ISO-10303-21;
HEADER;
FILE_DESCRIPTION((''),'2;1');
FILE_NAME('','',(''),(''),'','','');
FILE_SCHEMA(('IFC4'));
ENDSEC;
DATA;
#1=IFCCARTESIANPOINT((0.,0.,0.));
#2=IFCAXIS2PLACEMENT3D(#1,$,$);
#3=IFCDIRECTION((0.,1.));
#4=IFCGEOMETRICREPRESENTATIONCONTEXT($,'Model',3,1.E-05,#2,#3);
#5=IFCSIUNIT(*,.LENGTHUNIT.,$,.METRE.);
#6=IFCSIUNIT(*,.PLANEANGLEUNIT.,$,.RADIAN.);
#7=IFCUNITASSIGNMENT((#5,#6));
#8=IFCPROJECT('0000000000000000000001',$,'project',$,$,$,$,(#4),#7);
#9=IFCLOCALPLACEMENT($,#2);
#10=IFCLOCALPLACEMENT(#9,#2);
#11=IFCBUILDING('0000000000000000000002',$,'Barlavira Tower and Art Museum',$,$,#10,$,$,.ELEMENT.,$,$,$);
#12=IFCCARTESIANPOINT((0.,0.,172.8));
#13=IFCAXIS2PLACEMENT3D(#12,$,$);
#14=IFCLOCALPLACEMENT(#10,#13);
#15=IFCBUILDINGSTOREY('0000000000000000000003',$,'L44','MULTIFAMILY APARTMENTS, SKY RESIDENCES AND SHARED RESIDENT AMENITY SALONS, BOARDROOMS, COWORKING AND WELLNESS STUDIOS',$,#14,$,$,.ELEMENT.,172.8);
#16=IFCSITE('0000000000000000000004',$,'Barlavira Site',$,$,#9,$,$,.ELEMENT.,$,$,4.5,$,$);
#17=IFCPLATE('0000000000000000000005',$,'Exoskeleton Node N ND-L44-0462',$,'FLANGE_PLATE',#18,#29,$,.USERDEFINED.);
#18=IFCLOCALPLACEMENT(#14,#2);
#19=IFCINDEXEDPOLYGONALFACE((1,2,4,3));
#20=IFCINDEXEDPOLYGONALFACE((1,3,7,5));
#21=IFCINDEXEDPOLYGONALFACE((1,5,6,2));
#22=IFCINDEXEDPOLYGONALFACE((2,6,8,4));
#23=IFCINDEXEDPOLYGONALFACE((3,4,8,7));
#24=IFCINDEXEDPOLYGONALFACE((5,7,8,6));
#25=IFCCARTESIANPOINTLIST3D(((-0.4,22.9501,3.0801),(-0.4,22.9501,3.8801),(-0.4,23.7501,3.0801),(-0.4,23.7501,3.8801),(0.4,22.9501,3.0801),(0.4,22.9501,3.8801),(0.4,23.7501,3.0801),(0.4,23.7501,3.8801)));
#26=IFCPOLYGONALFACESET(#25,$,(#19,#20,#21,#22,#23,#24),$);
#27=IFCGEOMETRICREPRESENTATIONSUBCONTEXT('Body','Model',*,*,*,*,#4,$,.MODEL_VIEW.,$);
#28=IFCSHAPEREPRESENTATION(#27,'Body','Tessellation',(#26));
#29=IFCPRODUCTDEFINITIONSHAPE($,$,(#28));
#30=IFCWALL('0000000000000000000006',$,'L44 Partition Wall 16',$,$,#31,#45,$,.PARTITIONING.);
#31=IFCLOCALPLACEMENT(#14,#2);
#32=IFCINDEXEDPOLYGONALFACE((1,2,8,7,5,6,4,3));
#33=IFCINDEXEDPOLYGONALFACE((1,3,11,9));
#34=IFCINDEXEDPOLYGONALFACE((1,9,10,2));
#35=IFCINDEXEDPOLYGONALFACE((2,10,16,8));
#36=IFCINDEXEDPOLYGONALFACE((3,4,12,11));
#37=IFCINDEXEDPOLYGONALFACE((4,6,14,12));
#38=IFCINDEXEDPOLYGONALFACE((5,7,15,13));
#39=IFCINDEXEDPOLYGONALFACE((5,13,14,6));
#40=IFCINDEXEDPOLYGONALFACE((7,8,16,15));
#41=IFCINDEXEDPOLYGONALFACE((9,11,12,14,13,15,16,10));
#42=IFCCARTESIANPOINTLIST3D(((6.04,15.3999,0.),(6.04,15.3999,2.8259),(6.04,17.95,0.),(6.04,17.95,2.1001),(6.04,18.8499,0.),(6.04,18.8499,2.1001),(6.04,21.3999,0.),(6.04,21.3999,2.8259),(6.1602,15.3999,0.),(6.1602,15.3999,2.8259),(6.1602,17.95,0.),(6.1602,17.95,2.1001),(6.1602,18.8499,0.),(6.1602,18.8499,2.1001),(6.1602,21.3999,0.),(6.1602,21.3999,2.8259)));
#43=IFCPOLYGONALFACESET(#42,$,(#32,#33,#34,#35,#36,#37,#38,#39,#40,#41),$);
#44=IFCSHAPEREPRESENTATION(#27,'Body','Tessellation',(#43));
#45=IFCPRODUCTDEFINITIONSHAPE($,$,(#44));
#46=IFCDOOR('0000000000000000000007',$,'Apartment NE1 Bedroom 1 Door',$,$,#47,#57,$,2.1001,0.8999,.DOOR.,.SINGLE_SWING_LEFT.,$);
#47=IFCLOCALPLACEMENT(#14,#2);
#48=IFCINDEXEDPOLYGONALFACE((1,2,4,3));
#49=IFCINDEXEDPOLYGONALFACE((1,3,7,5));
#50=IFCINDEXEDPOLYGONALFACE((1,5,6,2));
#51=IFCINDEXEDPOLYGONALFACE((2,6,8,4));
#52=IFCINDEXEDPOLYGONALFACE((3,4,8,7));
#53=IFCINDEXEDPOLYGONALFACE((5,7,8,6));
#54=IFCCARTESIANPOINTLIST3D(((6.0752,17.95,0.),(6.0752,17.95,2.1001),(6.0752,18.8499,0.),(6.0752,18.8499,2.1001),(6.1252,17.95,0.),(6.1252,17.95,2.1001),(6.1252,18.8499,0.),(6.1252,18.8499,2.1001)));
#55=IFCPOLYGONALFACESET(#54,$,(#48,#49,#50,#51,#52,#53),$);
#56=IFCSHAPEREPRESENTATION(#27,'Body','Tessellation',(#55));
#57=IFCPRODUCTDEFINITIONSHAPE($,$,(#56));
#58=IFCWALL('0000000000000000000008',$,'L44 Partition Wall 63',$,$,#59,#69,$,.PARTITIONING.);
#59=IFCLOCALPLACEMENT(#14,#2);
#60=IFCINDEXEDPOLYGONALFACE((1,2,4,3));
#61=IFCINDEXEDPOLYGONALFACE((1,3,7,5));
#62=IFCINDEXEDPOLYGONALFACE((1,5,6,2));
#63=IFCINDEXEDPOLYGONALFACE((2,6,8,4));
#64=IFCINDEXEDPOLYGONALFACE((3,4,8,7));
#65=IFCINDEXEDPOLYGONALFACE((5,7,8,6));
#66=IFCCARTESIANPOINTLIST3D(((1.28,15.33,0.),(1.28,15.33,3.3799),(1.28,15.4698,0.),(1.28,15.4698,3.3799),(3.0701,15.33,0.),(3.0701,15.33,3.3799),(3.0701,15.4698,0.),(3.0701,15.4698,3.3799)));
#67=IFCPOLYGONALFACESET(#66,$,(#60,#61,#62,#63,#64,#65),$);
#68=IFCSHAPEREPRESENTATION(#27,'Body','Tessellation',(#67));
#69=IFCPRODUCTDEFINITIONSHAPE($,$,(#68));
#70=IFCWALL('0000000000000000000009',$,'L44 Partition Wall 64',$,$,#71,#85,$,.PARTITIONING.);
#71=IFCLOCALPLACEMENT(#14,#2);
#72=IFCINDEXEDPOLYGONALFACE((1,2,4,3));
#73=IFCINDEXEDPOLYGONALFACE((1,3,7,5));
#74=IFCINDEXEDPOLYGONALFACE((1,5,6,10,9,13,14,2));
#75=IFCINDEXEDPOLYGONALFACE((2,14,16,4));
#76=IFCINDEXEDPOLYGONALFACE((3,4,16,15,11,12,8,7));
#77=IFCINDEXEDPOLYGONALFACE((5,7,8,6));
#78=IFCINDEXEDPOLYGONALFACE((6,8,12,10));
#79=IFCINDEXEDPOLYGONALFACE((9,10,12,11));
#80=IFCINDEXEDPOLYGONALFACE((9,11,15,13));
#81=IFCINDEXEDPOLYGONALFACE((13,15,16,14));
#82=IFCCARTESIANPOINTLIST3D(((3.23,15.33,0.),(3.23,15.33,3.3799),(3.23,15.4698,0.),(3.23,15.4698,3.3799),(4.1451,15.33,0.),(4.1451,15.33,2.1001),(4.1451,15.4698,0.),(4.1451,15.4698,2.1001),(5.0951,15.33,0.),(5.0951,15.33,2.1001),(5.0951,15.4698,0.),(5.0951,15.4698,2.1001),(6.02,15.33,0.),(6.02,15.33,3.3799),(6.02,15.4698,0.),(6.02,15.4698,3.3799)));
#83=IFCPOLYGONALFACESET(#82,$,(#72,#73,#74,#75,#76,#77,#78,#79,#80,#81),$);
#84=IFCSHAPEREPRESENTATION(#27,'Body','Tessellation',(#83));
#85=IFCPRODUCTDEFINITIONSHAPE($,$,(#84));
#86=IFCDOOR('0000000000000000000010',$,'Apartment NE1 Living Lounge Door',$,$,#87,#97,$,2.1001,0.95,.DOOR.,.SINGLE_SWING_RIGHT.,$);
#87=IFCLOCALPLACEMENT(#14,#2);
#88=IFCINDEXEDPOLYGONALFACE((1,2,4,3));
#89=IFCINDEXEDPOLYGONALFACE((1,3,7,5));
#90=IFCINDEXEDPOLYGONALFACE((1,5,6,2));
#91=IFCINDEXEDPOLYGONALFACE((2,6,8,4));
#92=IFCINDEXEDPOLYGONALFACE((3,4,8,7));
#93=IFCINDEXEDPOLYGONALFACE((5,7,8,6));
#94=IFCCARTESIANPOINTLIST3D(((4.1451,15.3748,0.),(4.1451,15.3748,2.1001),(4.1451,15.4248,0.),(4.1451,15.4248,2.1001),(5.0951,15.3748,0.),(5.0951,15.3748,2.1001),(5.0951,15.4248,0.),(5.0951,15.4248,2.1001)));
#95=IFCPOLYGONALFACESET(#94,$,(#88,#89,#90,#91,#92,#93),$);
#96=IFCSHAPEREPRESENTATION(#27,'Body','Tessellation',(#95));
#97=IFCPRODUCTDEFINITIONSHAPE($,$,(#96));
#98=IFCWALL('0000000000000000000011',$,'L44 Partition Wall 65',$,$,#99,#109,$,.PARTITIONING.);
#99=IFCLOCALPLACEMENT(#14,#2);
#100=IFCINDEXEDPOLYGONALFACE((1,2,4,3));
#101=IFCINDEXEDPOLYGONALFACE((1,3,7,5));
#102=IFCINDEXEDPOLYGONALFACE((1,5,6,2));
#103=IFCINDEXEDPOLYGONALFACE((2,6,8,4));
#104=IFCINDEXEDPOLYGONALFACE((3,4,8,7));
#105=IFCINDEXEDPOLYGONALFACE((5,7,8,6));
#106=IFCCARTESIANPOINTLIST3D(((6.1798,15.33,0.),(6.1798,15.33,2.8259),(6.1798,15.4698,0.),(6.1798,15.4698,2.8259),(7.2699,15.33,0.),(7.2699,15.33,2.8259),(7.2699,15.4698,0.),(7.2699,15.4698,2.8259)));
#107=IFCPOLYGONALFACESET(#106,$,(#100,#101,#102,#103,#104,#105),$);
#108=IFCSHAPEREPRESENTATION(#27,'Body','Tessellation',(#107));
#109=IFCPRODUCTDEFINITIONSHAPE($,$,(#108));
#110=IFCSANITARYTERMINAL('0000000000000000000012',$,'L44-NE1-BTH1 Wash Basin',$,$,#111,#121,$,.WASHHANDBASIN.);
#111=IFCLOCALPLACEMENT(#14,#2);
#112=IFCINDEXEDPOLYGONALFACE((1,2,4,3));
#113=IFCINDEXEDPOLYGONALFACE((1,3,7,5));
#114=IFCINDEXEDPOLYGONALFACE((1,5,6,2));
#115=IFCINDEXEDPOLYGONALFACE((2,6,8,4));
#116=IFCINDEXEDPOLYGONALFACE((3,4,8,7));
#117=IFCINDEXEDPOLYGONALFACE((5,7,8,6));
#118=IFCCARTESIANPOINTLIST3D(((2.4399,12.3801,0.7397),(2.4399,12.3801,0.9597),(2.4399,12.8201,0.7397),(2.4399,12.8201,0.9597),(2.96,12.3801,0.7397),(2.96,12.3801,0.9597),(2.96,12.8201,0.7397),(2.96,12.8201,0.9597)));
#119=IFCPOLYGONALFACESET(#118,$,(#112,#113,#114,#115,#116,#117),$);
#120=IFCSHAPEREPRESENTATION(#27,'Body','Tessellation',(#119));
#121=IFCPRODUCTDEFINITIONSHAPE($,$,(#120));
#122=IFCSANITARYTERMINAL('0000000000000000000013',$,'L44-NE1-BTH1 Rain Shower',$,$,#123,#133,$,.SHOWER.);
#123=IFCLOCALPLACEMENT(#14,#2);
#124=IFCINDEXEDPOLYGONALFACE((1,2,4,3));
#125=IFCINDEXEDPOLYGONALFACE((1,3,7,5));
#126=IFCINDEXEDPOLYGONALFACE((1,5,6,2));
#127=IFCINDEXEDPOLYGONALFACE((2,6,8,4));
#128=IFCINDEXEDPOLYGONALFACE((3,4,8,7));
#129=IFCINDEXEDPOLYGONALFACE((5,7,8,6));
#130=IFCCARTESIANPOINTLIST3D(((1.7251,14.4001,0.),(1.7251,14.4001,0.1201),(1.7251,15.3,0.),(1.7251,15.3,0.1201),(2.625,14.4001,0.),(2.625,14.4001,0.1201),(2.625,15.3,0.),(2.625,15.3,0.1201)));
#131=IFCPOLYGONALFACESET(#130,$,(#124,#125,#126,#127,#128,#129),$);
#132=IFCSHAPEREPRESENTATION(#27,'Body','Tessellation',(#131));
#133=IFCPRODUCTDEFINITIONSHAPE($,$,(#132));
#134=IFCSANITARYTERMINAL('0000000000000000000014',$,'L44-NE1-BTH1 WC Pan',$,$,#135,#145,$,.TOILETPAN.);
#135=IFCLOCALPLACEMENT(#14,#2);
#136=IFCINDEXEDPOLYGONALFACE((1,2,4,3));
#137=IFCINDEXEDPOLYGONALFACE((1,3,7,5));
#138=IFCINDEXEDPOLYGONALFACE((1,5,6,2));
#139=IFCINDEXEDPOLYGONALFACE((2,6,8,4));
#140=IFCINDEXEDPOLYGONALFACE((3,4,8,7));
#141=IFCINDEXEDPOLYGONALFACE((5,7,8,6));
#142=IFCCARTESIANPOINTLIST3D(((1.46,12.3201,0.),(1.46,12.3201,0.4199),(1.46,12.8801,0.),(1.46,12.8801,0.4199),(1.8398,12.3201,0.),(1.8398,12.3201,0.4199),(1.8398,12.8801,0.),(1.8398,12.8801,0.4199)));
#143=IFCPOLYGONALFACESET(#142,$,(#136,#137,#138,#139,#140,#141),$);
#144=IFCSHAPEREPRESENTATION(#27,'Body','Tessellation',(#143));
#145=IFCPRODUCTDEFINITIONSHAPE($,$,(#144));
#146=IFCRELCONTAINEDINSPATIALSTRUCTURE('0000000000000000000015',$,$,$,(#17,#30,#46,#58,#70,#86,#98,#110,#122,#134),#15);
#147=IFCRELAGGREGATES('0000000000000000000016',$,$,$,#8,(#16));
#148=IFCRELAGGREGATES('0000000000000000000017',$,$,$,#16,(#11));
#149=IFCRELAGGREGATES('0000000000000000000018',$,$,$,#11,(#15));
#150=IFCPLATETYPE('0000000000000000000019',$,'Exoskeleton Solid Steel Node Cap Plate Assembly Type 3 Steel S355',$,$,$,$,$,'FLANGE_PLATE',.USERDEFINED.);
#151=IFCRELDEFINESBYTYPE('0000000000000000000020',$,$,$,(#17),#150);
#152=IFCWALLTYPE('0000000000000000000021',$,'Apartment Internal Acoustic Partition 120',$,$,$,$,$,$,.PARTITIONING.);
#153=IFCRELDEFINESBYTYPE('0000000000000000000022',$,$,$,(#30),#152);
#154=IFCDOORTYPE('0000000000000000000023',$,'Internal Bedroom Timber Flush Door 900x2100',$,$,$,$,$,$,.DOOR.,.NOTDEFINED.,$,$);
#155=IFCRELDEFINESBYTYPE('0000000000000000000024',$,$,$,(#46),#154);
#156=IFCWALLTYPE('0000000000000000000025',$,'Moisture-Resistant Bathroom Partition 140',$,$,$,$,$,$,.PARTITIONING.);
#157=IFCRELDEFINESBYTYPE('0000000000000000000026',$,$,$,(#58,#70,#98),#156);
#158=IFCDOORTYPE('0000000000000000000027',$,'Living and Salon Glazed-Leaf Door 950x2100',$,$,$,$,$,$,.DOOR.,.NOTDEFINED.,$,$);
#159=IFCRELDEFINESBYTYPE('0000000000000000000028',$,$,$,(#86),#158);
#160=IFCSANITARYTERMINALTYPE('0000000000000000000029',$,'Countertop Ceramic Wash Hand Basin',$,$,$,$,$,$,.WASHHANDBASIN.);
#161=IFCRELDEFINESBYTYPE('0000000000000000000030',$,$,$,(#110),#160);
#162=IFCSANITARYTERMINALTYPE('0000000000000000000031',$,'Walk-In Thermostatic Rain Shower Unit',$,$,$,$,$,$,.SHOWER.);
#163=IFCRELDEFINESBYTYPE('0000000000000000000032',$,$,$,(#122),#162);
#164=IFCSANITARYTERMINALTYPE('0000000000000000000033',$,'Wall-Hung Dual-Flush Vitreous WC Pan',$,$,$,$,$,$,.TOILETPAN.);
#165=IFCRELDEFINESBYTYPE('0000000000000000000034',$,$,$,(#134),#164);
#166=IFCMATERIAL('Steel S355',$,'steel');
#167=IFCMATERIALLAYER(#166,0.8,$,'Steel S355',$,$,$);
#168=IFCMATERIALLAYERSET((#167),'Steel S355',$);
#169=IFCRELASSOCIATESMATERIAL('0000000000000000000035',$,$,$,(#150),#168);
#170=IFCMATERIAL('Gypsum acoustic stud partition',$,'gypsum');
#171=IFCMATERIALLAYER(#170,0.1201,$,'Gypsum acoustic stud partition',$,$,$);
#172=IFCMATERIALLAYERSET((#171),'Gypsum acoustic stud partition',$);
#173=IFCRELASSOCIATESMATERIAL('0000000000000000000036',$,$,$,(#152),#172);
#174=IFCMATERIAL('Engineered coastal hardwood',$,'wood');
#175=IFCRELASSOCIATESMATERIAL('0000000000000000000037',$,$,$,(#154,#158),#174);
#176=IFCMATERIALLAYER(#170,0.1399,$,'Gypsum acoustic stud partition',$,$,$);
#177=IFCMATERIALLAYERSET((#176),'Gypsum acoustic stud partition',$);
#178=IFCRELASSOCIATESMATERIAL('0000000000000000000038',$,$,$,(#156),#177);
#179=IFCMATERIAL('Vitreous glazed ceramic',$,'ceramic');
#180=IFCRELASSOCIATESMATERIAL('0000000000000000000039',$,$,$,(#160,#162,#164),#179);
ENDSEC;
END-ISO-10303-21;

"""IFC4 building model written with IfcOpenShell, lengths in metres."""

from ifc_helpers import new_model, si_unit, direction, frame, frame_2d, origin, origin_2d, place, context, subcontext, project, spatial, rectangle, extrude, material, layer, layer_set, type_object, element, fill, save


model = new_model("IFC4")

# Units and contexts
model_context = context("Model", 3, precision=1e-05, world=origin(), true_north=direction((0.0, 1.0)))
body_context = subcontext(model_context, "Body", "Model", "MODEL_VIEW")
ifc_project = project(units=[si_unit("LENGTHUNIT", "METRE"), si_unit("PLANEANGLEUNIT", "RADIAN")], contexts=[model_context])

# Site, building, storey
site_placement = place(None, origin())
site = spatial("IfcSite", under=ifc_project, at=site_placement, Name="Barlavira Site", CompositionType="ELEMENT", RefElevation=4.5)
building_placement = place(site_placement, origin())
building = spatial("IfcBuilding", under=site, at=building_placement, Name="Barlavira Tower and Art Museum", CompositionType="ELEMENT")
storey_placement = place(building_placement, frame((0.0, 0.0, 172.8)))
storey = spatial("IfcBuildingStorey", under=building, at=storey_placement, Name="L44", Description="MULTIFAMILY APARTMENTS, SKY RESIDENCES AND SHARED RESIDENT AMENITY SALONS, BOARDROOMS, COWORKING AND WELLNESS STUDIOS", CompositionType="ELEMENT", Elevation=172.8)

# Shared definitions
ifc_material_1 = material(Name="Steel S355", Category="steel")

# Plate
ifc_layer_1 = layer(ifc_material_1, 0.8, Name="Steel S355")
ifc_layer_set_1 = layer_set([ifc_layer_1], Name="Steel S355")
plate_type_1 = type_object("IfcPlateType", Name="Exoskeleton Solid Steel Node Cap Plate Assembly Type 3 Steel S355", ElementType="FLANGE_PLATE", PredefinedType="USERDEFINED", material=ifc_layer_set_1)
plate_1_placement = place(storey_placement, frame((0.0, 23.3501, 3.0801), z_axis=(0.0, 0.0, 1.0), x_axis=(1.0, 0.0, 0.0)))
element("IfcPlate", 1, at=plate_1_placement, inside=storey, type_object=plate_type_1, Name="Exoskeleton Node N ND-L44-0462", ObjectType="FLANGE_PLATE", PredefinedType="USERDEFINED", context=body_context, shape_type="SweptSolid", body=[
    extrude(rectangle(XDim=0.8, YDim=0.8, at=origin_2d()), origin(), (0.0, 0.0, 1.0), 0.8),
])

# Wall, opening, door
ifc_material_2 = material(Name="Gypsum acoustic stud partition", Category="gypsum")
ifc_layer_2 = layer(ifc_material_2, 0.1201, Name="Gypsum acoustic stud partition")
ifc_layer_set_2 = layer_set([ifc_layer_2], Name="Gypsum acoustic stud partition")
wall_type_1 = type_object("IfcWallType", Name="Apartment Internal Acoustic Partition 120", PredefinedType="PARTITIONING", material=ifc_layer_set_2)
wall_1_placement = place(storey_placement, frame((6.1001, 15.3999, 0.0), z_axis=(0.0, 0.0, 1.0), x_axis=(0.0, 1.0, 0.0)))
wall_1 = element("IfcWall", 2, at=wall_1_placement, inside=storey, type_object=wall_type_1, Name="L44 Partition Wall 16", PredefinedType="PARTITIONING", context=body_context, shape_type="SweptSolid", body=[
    extrude(rectangle(XDim=6.0, YDim=0.1201, at=frame_2d((3.0, 0.0))), origin(), (0.0, 0.0, 1.0), 2.8259),
])
opening_1_placement = place(wall_1_placement, frame((2.55, 0.0, 0.0)))
opening_1 = element("IfcOpeningElement", 3, at=opening_1_placement, cuts=wall_1, PredefinedType="OPENING", context=body_context, shape_type="SweptSolid", body=[
    extrude(rectangle(XDim=0.8999, YDim=2.1001, at=frame_2d((0.45, 1.05))), frame((0.0, 0.0701, 0.0), z_axis=(0.0, -1.0, 0.0), x_axis=(1.0, 0.0, 0.0)), (0.0, 0.0, 1.0), 0.1401),
])
ifc_material_3 = material(Name="Engineered coastal hardwood", Category="wood")
door_type_1 = type_object("IfcDoorType", Name="Internal Bedroom Timber Flush Door 900x2100", OperationType="NOTDEFINED", PredefinedType="DOOR", material=ifc_material_3)
door_1_placement = place(opening_1_placement, origin())
door_1 = element("IfcDoor", 4, at=door_1_placement, inside=storey, type_object=door_type_1, Name="Apartment NE1 Bedroom 1 Door", OperationType="SINGLE_SWING_LEFT", OverallHeight=2.1001, OverallWidth=0.8999, PredefinedType="DOOR", context=body_context, shape_type="SweptSolid", body=[
    extrude(rectangle(XDim=0.8999, YDim=2.1001, at=frame_2d((0.45, 1.05))), frame((0.0, 0.0249, 0.0), z_axis=(0.0, -1.0, 0.0), x_axis=(1.0, 0.0, 0.0)), (0.0, 0.0, 1.0), 0.05),
])
fill(opening_1, door_1)

# Wall
ifc_layer_3 = layer(ifc_material_2, 0.1399, Name="Gypsum acoustic stud partition")
ifc_layer_set_3 = layer_set([ifc_layer_3], Name="Gypsum acoustic stud partition")
wall_type_2 = type_object("IfcWallType", Name="Moisture-Resistant Bathroom Partition 140", PredefinedType="PARTITIONING", material=ifc_layer_set_3)
wall_2_placement = place(storey_placement, frame((1.28, 15.3999, 0.0), z_axis=(0.0, 0.0, 1.0), x_axis=(1.0, 0.0, 0.0)))
element("IfcWall", 5, at=wall_2_placement, inside=storey, type_object=wall_type_2, Name="L44 Partition Wall 63", PredefinedType="PARTITIONING", context=body_context, shape_type="SweptSolid", body=[
    extrude(rectangle(XDim=1.79, YDim=0.1399, at=frame_2d((0.895, 0.0))), origin(), (0.0, 0.0, 1.0), 3.3799),
])

# Wall, opening, door
wall_3_placement = place(storey_placement, frame((3.23, 15.3999, 0.0), z_axis=(0.0, 0.0, 1.0), x_axis=(1.0, 0.0, 0.0)))
wall_3 = element("IfcWall", 6, at=wall_3_placement, inside=storey, type_object=wall_type_2, Name="L44 Partition Wall 64", PredefinedType="PARTITIONING", context=body_context, shape_type="SweptSolid", body=[
    extrude(rectangle(XDim=2.79, YDim=0.1399, at=frame_2d((1.395, 0.0))), origin(), (0.0, 0.0, 1.0), 3.3799),
])
opening_2_placement = place(wall_3_placement, frame((0.915, 0.0, 0.0)))
opening_2 = element("IfcOpeningElement", 7, at=opening_2_placement, cuts=wall_3, PredefinedType="OPENING", context=body_context, shape_type="SweptSolid", body=[
    extrude(rectangle(XDim=0.95, YDim=2.1001, at=frame_2d((0.4751, 1.05))), frame((0.0, 0.0801, 0.0), z_axis=(0.0, -1.0, 0.0), x_axis=(1.0, 0.0, 0.0)), (0.0, 0.0, 1.0), 0.1599),
])
door_type_2 = type_object("IfcDoorType", Name="Living and Salon Glazed-Leaf Door 950x2100", OperationType="NOTDEFINED", PredefinedType="DOOR", material=ifc_material_3)
door_2_placement = place(opening_2_placement, origin())
door_2 = element("IfcDoor", 8, at=door_2_placement, inside=storey, type_object=door_type_2, Name="Apartment NE1 Living Lounge Door", OperationType="SINGLE_SWING_RIGHT", OverallHeight=2.1001, OverallWidth=0.95, PredefinedType="DOOR", context=body_context, shape_type="SweptSolid", body=[
    extrude(rectangle(XDim=0.95, YDim=2.1001, at=frame_2d((0.4751, 1.05))), frame((0.0, 0.0249, 0.0), z_axis=(0.0, -1.0, 0.0), x_axis=(1.0, 0.0, 0.0)), (0.0, 0.0, 1.0), 0.05),
])
fill(opening_2, door_2)

# Wall
wall_4_placement = place(storey_placement, frame((6.1799, 15.3999, 0.0), z_axis=(0.0, 0.0, 1.0), x_axis=(1.0, 0.0, 0.0)))
element("IfcWall", 9, at=wall_4_placement, inside=storey, type_object=wall_type_2, Name="L44 Partition Wall 65", PredefinedType="PARTITIONING", context=body_context, shape_type="SweptSolid", body=[
    extrude(rectangle(XDim=1.0901, YDim=0.1399, at=frame_2d((0.5449, 0.0))), origin(), (0.0, 0.0, 1.0), 2.8259),
])

# Sanitary terminals
ifc_material_4 = material(Name="Vitreous glazed ceramic", Category="ceramic")
sanitary_terminal_type_1 = type_object("IfcSanitaryTerminalType", Name="Countertop Ceramic Wash Hand Basin", PredefinedType="WASHHANDBASIN", material=ifc_material_4)
sanitary_terminal_1_placement = place(storey_placement, frame((2.7, 12.6001, 0.7397), z_axis=(0.0, 0.0, 1.0), x_axis=(1.0, 0.0, 0.0)))
element("IfcSanitaryTerminal", 10, at=sanitary_terminal_1_placement, inside=storey, type_object=sanitary_terminal_type_1, Name="L44-NE1-BTH1 Wash Basin", PredefinedType="WASHHANDBASIN", context=body_context, shape_type="SweptSolid", body=[
    extrude(rectangle(XDim=0.52, YDim=0.4399, at=origin_2d()), origin(), (0.0, 0.0, 1.0), 0.22),
])
sanitary_terminal_type_2 = type_object("IfcSanitaryTerminalType", Name="Walk-In Thermostatic Rain Shower Unit", PredefinedType="SHOWER", material=ifc_material_4)
sanitary_terminal_2_placement = place(storey_placement, frame((2.175, 14.8501, 0.0), z_axis=(0.0, 0.0, 1.0), x_axis=(1.0, 0.0, 0.0)))
element("IfcSanitaryTerminal", 11, at=sanitary_terminal_2_placement, inside=storey, type_object=sanitary_terminal_type_2, Name="L44-NE1-BTH1 Rain Shower", PredefinedType="SHOWER", context=body_context, shape_type="SweptSolid", body=[
    extrude(rectangle(XDim=0.8999, YDim=0.8999, at=origin_2d()), origin(), (0.0, 0.0, 1.0), 0.1201),
])
sanitary_terminal_type_3 = type_object("IfcSanitaryTerminalType", Name="Wall-Hung Dual-Flush Vitreous WC Pan", PredefinedType="TOILETPAN", material=ifc_material_4)
sanitary_terminal_3_placement = place(storey_placement, frame((1.6499, 12.6001, 0.0), z_axis=(0.0, 0.0, 1.0), x_axis=(1.0, 0.0, 0.0)))
element("IfcSanitaryTerminal", 12, at=sanitary_terminal_3_placement, inside=storey, type_object=sanitary_terminal_type_3, Name="L44-NE1-BTH1 WC Pan", PredefinedType="TOILETPAN", context=body_context, shape_type="SweptSolid", body=[
    extrude(rectangle(XDim=0.3799, YDim=0.5601, at=origin_2d()), origin(), (0.0, 0.0, 1.0), 0.4199),
])

save(model, "model.ifc")
